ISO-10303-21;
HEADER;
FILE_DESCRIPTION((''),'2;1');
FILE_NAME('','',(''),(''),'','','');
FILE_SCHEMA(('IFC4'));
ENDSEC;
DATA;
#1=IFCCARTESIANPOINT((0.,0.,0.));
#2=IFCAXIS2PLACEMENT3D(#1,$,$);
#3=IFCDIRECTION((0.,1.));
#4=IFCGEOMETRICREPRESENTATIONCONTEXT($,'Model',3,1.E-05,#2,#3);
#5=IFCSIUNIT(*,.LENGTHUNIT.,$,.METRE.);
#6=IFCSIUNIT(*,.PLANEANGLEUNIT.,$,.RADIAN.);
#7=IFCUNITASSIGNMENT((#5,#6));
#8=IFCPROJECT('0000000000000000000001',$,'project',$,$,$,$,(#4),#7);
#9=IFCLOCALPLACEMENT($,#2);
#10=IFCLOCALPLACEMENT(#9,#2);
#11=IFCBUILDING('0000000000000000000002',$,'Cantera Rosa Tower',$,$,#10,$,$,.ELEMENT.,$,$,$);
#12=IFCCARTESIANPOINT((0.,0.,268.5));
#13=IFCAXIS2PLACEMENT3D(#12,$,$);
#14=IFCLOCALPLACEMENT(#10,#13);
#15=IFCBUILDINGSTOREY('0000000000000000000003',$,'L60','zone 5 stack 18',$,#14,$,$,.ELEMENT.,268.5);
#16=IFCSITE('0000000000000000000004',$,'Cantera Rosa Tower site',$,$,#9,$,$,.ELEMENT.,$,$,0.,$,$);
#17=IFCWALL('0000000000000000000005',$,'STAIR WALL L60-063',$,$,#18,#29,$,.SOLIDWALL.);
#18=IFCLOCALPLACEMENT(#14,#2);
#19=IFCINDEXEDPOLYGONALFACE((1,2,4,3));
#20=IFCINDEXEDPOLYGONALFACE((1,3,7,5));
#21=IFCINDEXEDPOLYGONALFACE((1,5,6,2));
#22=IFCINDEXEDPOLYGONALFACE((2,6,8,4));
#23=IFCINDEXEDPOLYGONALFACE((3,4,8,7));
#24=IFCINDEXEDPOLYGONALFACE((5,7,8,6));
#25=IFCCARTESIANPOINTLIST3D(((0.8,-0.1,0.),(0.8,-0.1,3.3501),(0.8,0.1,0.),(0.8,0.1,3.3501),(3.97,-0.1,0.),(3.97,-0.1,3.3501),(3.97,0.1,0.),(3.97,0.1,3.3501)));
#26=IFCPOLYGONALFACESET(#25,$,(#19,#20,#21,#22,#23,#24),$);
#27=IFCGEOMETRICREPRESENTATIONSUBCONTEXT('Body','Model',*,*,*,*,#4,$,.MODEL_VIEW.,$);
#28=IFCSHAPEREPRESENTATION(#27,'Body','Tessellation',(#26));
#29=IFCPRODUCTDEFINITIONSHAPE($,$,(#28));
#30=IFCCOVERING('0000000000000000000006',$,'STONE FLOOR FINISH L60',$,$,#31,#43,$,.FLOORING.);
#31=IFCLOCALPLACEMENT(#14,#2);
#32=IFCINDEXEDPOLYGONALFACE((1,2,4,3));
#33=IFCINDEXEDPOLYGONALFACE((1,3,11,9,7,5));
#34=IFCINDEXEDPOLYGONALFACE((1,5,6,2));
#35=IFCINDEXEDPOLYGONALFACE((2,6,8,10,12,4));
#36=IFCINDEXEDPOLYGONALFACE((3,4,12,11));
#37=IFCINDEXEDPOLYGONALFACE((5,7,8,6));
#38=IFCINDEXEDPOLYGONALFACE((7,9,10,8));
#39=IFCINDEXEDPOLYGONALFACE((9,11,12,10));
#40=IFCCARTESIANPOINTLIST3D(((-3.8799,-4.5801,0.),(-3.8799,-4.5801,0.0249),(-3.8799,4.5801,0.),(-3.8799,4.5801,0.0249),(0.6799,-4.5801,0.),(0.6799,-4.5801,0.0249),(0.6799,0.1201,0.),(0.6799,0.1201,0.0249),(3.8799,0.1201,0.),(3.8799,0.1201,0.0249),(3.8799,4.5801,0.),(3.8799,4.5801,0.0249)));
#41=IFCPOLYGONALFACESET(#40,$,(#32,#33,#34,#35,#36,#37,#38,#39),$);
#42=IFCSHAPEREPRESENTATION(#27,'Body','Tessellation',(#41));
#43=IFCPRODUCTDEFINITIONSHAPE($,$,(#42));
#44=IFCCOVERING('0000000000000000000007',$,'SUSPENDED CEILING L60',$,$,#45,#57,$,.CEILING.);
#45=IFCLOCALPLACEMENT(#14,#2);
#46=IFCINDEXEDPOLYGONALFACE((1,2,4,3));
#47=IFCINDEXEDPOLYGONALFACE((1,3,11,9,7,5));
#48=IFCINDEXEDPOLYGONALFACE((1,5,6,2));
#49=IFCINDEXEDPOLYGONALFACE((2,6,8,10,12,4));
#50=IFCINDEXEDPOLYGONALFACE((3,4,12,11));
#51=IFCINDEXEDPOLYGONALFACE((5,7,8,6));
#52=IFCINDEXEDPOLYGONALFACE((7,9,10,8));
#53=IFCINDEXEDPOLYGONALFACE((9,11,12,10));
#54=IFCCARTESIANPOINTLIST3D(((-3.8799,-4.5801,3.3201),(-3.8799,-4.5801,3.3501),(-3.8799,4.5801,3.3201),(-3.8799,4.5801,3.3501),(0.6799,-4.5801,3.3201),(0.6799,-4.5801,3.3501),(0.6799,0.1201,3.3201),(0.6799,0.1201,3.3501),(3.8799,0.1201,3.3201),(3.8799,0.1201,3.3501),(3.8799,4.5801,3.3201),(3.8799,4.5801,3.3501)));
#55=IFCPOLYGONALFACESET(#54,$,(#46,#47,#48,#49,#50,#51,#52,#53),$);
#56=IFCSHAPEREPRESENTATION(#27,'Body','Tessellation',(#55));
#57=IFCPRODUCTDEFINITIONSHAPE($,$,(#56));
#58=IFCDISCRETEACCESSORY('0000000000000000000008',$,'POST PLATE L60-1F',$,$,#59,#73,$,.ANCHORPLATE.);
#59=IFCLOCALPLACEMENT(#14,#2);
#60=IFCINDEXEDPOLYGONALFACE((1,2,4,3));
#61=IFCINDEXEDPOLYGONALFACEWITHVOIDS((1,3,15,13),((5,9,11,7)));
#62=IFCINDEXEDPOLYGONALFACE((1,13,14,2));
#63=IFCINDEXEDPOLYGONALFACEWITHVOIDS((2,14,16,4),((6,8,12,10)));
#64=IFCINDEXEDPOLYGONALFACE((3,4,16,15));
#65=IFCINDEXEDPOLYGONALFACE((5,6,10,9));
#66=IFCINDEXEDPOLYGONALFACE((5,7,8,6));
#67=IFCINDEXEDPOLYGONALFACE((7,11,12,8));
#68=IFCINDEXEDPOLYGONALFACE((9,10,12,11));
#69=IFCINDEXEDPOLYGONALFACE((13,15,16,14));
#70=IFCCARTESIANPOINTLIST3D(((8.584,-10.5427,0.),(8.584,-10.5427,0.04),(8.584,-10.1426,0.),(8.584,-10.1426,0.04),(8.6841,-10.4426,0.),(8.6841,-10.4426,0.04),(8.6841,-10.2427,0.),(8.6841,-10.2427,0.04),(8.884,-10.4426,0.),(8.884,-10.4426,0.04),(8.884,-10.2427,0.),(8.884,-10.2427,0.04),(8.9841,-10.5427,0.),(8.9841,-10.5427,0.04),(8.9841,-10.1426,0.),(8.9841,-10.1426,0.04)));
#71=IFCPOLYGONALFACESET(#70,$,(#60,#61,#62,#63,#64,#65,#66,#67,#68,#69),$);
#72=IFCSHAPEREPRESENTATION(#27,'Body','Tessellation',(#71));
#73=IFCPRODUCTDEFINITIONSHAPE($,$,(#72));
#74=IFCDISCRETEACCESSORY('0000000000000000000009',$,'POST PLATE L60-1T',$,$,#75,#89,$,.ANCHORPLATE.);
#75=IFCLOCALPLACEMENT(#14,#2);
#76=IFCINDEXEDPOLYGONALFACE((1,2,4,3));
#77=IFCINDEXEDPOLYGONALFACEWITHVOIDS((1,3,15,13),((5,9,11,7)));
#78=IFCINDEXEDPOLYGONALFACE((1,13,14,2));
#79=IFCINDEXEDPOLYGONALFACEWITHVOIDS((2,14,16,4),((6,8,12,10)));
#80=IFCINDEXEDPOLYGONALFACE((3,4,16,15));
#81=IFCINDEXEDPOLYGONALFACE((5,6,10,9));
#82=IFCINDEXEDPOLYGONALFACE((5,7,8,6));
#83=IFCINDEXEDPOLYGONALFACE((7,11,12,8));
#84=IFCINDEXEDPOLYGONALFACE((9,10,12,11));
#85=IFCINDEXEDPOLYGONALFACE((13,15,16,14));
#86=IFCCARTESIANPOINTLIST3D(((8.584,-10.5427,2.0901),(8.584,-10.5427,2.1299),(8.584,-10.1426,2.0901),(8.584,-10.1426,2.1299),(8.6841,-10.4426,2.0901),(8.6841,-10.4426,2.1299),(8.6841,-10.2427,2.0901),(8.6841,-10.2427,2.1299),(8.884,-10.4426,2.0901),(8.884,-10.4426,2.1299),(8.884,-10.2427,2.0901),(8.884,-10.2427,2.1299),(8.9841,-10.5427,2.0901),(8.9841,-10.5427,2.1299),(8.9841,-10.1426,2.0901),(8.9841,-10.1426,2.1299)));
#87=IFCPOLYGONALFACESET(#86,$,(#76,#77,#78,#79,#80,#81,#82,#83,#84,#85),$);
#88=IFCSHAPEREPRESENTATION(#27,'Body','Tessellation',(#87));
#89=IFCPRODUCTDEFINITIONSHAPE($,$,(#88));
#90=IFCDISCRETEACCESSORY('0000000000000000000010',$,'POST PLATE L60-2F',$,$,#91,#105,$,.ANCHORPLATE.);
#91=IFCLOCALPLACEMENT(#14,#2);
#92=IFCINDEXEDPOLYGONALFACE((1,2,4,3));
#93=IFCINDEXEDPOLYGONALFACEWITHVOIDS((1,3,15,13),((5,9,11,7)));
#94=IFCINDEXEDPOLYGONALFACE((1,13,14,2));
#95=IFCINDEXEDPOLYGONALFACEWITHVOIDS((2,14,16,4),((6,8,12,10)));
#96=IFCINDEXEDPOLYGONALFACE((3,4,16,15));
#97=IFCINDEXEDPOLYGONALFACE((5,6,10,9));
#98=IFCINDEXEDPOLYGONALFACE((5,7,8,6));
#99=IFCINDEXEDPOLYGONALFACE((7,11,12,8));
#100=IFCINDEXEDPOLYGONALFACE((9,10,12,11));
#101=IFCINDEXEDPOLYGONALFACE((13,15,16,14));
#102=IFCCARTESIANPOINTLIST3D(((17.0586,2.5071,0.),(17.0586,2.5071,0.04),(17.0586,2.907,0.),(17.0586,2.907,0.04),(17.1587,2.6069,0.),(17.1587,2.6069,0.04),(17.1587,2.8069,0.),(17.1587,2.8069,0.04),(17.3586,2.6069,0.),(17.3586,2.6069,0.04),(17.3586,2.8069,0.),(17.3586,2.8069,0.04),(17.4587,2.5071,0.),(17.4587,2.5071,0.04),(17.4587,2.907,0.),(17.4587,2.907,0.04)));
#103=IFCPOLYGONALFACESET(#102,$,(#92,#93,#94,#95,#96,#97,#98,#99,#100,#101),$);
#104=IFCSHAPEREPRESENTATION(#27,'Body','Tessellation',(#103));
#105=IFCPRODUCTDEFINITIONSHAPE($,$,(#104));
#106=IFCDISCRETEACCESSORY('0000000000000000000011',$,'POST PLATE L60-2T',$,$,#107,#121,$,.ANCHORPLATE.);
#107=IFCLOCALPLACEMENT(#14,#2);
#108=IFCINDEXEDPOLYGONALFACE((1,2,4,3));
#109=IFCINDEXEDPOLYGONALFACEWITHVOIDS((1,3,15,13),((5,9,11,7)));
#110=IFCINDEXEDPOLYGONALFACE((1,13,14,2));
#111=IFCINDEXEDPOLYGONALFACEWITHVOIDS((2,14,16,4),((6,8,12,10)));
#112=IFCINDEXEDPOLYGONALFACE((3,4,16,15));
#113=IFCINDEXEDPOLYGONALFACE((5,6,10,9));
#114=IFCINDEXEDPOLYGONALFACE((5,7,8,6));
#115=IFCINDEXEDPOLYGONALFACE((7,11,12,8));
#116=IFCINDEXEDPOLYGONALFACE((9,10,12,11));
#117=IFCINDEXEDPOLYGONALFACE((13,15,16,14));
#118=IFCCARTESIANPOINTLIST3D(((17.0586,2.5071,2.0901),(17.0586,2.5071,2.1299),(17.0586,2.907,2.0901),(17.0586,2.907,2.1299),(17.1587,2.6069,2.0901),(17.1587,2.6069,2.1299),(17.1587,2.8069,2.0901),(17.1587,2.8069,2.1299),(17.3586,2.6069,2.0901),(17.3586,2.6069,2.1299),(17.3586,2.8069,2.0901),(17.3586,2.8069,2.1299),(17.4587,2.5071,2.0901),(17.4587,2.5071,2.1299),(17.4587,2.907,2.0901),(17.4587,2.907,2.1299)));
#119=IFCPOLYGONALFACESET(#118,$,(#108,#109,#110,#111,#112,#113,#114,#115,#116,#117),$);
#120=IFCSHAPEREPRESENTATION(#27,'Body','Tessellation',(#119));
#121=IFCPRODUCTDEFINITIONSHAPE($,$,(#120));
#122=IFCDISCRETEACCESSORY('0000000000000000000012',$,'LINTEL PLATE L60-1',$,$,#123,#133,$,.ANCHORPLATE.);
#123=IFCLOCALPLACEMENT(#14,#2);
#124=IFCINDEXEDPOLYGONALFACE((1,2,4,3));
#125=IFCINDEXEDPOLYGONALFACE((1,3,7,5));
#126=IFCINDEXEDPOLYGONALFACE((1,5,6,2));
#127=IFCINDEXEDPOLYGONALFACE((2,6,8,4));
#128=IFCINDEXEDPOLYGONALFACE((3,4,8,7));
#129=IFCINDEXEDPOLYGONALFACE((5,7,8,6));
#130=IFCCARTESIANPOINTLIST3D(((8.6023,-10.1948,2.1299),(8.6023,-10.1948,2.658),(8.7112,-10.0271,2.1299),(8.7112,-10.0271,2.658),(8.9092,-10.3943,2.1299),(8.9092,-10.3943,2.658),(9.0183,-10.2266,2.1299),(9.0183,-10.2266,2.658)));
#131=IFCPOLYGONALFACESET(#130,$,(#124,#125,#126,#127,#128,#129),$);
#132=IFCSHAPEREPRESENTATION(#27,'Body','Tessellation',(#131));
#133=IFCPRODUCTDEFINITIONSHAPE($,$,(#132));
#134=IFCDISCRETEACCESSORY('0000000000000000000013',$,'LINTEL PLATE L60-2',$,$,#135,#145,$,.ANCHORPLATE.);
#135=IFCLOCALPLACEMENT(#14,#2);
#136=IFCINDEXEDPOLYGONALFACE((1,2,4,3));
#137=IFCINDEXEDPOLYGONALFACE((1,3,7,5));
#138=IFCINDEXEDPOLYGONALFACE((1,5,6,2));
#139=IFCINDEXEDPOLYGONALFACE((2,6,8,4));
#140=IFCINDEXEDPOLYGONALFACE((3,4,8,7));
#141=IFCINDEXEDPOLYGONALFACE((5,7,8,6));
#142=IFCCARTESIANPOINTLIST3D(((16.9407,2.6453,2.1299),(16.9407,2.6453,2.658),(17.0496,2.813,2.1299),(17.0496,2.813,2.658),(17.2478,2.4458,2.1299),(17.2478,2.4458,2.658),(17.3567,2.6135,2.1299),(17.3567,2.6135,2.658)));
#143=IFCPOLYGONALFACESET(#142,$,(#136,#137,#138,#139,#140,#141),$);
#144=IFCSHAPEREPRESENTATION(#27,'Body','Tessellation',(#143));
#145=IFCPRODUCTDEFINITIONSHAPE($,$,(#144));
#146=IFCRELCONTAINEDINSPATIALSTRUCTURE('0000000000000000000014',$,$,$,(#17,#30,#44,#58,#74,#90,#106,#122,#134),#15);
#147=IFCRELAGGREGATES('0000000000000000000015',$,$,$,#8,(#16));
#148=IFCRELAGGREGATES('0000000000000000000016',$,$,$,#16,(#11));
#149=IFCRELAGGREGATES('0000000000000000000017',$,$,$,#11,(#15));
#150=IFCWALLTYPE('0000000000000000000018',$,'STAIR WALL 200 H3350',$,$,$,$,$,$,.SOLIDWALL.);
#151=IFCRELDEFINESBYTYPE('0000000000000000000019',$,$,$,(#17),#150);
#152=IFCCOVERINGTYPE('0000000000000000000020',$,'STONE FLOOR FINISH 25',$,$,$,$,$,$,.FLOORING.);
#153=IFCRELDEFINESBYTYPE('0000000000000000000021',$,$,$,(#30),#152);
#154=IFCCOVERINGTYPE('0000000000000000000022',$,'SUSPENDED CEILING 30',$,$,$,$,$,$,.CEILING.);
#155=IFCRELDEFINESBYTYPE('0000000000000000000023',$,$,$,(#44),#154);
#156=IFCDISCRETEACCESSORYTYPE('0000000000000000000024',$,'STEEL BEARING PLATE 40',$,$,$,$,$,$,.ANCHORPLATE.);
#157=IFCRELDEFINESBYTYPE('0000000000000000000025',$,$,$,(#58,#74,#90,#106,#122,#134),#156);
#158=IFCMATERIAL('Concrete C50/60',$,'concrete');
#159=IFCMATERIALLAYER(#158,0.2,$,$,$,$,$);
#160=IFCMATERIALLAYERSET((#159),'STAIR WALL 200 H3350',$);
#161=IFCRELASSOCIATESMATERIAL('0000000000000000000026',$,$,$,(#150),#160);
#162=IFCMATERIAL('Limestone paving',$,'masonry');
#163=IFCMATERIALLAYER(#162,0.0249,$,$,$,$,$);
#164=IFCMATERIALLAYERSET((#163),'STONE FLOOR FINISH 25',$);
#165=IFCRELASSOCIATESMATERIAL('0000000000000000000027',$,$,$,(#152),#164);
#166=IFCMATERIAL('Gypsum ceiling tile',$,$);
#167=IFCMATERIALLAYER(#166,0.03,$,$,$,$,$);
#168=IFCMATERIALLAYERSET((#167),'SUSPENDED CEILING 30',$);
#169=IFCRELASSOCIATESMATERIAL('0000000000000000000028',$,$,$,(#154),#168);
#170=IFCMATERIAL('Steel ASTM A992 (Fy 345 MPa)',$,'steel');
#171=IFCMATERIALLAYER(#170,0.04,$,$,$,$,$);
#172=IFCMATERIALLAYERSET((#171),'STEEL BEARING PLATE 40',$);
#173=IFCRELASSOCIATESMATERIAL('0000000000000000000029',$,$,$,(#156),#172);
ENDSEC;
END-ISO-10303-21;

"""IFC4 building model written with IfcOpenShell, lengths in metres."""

from ifc_helpers import new_model, si_unit, direction, frame, frame_2d, origin, place, context, subcontext, project, spatial, polyline, rectangle, outline, extrude, material, layer, layer_set, type_object, element, save


model = new_model("IFC4")

# Units and contexts
model_context = context("Model", 3, precision=1e-05, world=origin(), true_north=direction((0.0, 1.0)))
body_context = subcontext(model_context, "Body", "Model", "MODEL_VIEW")
ifc_project = project(units=[si_unit("LENGTHUNIT", "METRE"), si_unit("PLANEANGLEUNIT", "RADIAN")], contexts=[model_context])

# Site, building, storey
site_placement = place(None, origin())
site = spatial("IfcSite", under=ifc_project, at=site_placement, Name="Cantera Rosa Tower site", CompositionType="ELEMENT", RefElevation=0.0)
building_placement = place(site_placement, origin())
building = spatial("IfcBuilding", under=site, at=building_placement, Name="Cantera Rosa Tower", CompositionType="ELEMENT")
storey_placement = place(building_placement, frame((0.0, 0.0, 268.5)))
storey = spatial("IfcBuildingStorey", under=building, at=storey_placement, Name="L60", Description="zone 5 stack 18", CompositionType="ELEMENT", Elevation=268.5)

# Wall
ifc_material_1 = material(Name="Concrete C50/60", Category="concrete")
ifc_layer_1 = layer(ifc_material_1, 0.2)
ifc_layer_set_1 = layer_set([ifc_layer_1], Name="STAIR WALL 200 H3350")
wall_type_1 = type_object("IfcWallType", Name="STAIR WALL 200 H3350", PredefinedType="SOLIDWALL", material=ifc_layer_set_1)
wall_1_placement = place(storey_placement, frame((0.8, 0.0, 0.0), z_axis=(0.0, 0.0, 1.0), x_axis=(1.0, 0.0, 0.0)))
element("IfcWall", 1, at=wall_1_placement, inside=storey, type_object=wall_type_1, Name="STAIR WALL L60-063", PredefinedType="SOLIDWALL", context=body_context, shape_type="SweptSolid", body=[
    extrude(rectangle(XDim=3.1699, YDim=0.2, at=frame_2d((1.585, 0.0))), origin(), (0.0, 0.0, 1.0), 3.3501),
])

# Coverings
ifc_material_2 = material(Name="Limestone paving", Category="masonry")
ifc_layer_2 = layer(ifc_material_2, 0.0249)
ifc_layer_set_2 = layer_set([ifc_layer_2], Name="STONE FLOOR FINISH 25")
covering_type_1 = type_object("IfcCoveringType", Name="STONE FLOOR FINISH 25", PredefinedType="FLOORING", material=ifc_layer_set_2)
covering_1_placement = place(storey_placement, origin())
element("IfcCovering", 2, at=covering_1_placement, inside=storey, type_object=covering_type_1, Name="STONE FLOOR FINISH L60", PredefinedType="FLOORING", context=body_context, shape_type="SweptSolid", body=[
    extrude(outline(polyline([(3.8799, 4.5801), (3.8799, 0.1201), (0.6799, 0.1201), (0.6799, -4.5801), (-3.8799, -4.5801), (-3.8799, 4.5801), (3.8799, 4.5801)])), origin(), (0.0, 0.0, 1.0), 0.0249),
])
ifc_material_3 = material(Name="Gypsum ceiling tile")
ifc_layer_3 = layer(ifc_material_3, 0.03)
ifc_layer_set_3 = layer_set([ifc_layer_3], Name="SUSPENDED CEILING 30")
covering_type_2 = type_object("IfcCoveringType", Name="SUSPENDED CEILING 30", PredefinedType="CEILING", material=ifc_layer_set_3)
covering_2_placement = place(storey_placement, frame((0.0, 0.0, 3.3201)))
element("IfcCovering", 3, at=covering_2_placement, inside=storey, type_object=covering_type_2, Name="SUSPENDED CEILING L60", PredefinedType="CEILING", context=body_context, shape_type="SweptSolid", body=[
    extrude(outline(polyline([(3.8799, 4.5801), (3.8799, 0.1201), (0.6799, 0.1201), (0.6799, -4.5801), (-3.8799, -4.5801), (-3.8799, 4.5801), (3.8799, 4.5801)])), origin(), (0.0, 0.0, 1.0), 0.03),
])

# Discrete accessories
ifc_material_4 = material(Name="Steel ASTM A992 (Fy 345 MPa)", Category="steel")
ifc_layer_4 = layer(ifc_material_4, 0.04)
ifc_layer_set_4 = layer_set([ifc_layer_4], Name="STEEL BEARING PLATE 40")
discrete_accessory_type = type_object("IfcDiscreteAccessoryType", Name="STEEL BEARING PLATE 40", PredefinedType="ANCHORPLATE", material=ifc_layer_set_4)
discrete_accessory_1_placement = place(storey_placement, origin())
element("IfcDiscreteAccessory", 4, at=discrete_accessory_1_placement, inside=storey, type_object=discrete_accessory_type, Name="POST PLATE L60-1F", PredefinedType="ANCHORPLATE", context=body_context, shape_type="SweptSolid", body=[
    extrude(outline(polyline([(8.584, -10.5427), (8.9841, -10.5427), (8.9841, -10.1426), (8.584, -10.1426), (8.584, -10.5427)]), holes=[polyline([(8.6841, -10.4426), (8.884, -10.4426), (8.884, -10.2427), (8.6841, -10.2427), (8.6841, -10.4426)])]), origin(), (0.0, 0.0, 1.0), 0.04),
])
discrete_accessory_2_placement = place(storey_placement, frame((0.0, 0.0, 2.0901)))
element("IfcDiscreteAccessory", 5, at=discrete_accessory_2_placement, inside=storey, type_object=discrete_accessory_type, Name="POST PLATE L60-1T", PredefinedType="ANCHORPLATE", context=body_context, shape_type="SweptSolid", body=[
    extrude(outline(polyline([(8.584, -10.5427), (8.9841, -10.5427), (8.9841, -10.1426), (8.584, -10.1426), (8.584, -10.5427)]), holes=[polyline([(8.6841, -10.4426), (8.884, -10.4426), (8.884, -10.2427), (8.6841, -10.2427), (8.6841, -10.4426)])]), origin(), (0.0, 0.0, 1.0), 0.0398),
])
discrete_accessory_3_placement = place(storey_placement, origin())
element("IfcDiscreteAccessory", 6, at=discrete_accessory_3_placement, inside=storey, type_object=discrete_accessory_type, Name="POST PLATE L60-2F", PredefinedType="ANCHORPLATE", context=body_context, shape_type="SweptSolid", body=[
    extrude(outline(polyline([(17.0586, 2.5071), (17.4587, 2.5071), (17.4587, 2.907), (17.0586, 2.907), (17.0586, 2.5071)]), holes=[polyline([(17.1587, 2.6069), (17.3586, 2.6069), (17.3586, 2.8069), (17.1587, 2.8069), (17.1587, 2.6069)])]), origin(), (0.0, 0.0, 1.0), 0.04),
])
discrete_accessory_4_placement = place(storey_placement, frame((0.0, 0.0, 2.0901)))
element("IfcDiscreteAccessory", 7, at=discrete_accessory_4_placement, inside=storey, type_object=discrete_accessory_type, Name="POST PLATE L60-2T", PredefinedType="ANCHORPLATE", context=body_context, shape_type="SweptSolid", body=[
    extrude(outline(polyline([(17.0586, 2.5071), (17.4587, 2.5071), (17.4587, 2.907), (17.0586, 2.907), (17.0586, 2.5071)]), holes=[polyline([(17.1587, 2.6069), (17.3586, 2.6069), (17.3586, 2.8069), (17.1587, 2.8069), (17.1587, 2.6069)])]), origin(), (0.0, 0.0, 1.0), 0.0398),
])
discrete_accessory_5_placement = place(storey_placement, frame((0.0, 0.0, 2.1299)))
element("IfcDiscreteAccessory", 8, at=discrete_accessory_5_placement, inside=storey, type_object=discrete_accessory_type, Name="LINTEL PLATE L60-1", PredefinedType="ANCHORPLATE", context=body_context, shape_type="SweptSolid", body=[
    extrude(outline(polyline([(8.7112, -10.0271), (8.6023, -10.1948), (8.9092, -10.3943), (9.0183, -10.2266), (8.7112, -10.0271)])), origin(), (0.0, 0.0, 1.0), 0.5281),
])
discrete_accessory_6_placement = place(storey_placement, frame((0.0, 0.0, 2.1299)))
element("IfcDiscreteAccessory", 9, at=discrete_accessory_6_placement, inside=storey, type_object=discrete_accessory_type, Name="LINTEL PLATE L60-2", PredefinedType="ANCHORPLATE", context=body_context, shape_type="SweptSolid", body=[
    extrude(outline(polyline([(17.2478, 2.4458), (17.3567, 2.6135), (17.0496, 2.813), (16.9407, 2.6453), (17.2478, 2.4458)])), origin(), (0.0, 0.0, 1.0), 0.5281),
])

save(model, "model.ifc")
